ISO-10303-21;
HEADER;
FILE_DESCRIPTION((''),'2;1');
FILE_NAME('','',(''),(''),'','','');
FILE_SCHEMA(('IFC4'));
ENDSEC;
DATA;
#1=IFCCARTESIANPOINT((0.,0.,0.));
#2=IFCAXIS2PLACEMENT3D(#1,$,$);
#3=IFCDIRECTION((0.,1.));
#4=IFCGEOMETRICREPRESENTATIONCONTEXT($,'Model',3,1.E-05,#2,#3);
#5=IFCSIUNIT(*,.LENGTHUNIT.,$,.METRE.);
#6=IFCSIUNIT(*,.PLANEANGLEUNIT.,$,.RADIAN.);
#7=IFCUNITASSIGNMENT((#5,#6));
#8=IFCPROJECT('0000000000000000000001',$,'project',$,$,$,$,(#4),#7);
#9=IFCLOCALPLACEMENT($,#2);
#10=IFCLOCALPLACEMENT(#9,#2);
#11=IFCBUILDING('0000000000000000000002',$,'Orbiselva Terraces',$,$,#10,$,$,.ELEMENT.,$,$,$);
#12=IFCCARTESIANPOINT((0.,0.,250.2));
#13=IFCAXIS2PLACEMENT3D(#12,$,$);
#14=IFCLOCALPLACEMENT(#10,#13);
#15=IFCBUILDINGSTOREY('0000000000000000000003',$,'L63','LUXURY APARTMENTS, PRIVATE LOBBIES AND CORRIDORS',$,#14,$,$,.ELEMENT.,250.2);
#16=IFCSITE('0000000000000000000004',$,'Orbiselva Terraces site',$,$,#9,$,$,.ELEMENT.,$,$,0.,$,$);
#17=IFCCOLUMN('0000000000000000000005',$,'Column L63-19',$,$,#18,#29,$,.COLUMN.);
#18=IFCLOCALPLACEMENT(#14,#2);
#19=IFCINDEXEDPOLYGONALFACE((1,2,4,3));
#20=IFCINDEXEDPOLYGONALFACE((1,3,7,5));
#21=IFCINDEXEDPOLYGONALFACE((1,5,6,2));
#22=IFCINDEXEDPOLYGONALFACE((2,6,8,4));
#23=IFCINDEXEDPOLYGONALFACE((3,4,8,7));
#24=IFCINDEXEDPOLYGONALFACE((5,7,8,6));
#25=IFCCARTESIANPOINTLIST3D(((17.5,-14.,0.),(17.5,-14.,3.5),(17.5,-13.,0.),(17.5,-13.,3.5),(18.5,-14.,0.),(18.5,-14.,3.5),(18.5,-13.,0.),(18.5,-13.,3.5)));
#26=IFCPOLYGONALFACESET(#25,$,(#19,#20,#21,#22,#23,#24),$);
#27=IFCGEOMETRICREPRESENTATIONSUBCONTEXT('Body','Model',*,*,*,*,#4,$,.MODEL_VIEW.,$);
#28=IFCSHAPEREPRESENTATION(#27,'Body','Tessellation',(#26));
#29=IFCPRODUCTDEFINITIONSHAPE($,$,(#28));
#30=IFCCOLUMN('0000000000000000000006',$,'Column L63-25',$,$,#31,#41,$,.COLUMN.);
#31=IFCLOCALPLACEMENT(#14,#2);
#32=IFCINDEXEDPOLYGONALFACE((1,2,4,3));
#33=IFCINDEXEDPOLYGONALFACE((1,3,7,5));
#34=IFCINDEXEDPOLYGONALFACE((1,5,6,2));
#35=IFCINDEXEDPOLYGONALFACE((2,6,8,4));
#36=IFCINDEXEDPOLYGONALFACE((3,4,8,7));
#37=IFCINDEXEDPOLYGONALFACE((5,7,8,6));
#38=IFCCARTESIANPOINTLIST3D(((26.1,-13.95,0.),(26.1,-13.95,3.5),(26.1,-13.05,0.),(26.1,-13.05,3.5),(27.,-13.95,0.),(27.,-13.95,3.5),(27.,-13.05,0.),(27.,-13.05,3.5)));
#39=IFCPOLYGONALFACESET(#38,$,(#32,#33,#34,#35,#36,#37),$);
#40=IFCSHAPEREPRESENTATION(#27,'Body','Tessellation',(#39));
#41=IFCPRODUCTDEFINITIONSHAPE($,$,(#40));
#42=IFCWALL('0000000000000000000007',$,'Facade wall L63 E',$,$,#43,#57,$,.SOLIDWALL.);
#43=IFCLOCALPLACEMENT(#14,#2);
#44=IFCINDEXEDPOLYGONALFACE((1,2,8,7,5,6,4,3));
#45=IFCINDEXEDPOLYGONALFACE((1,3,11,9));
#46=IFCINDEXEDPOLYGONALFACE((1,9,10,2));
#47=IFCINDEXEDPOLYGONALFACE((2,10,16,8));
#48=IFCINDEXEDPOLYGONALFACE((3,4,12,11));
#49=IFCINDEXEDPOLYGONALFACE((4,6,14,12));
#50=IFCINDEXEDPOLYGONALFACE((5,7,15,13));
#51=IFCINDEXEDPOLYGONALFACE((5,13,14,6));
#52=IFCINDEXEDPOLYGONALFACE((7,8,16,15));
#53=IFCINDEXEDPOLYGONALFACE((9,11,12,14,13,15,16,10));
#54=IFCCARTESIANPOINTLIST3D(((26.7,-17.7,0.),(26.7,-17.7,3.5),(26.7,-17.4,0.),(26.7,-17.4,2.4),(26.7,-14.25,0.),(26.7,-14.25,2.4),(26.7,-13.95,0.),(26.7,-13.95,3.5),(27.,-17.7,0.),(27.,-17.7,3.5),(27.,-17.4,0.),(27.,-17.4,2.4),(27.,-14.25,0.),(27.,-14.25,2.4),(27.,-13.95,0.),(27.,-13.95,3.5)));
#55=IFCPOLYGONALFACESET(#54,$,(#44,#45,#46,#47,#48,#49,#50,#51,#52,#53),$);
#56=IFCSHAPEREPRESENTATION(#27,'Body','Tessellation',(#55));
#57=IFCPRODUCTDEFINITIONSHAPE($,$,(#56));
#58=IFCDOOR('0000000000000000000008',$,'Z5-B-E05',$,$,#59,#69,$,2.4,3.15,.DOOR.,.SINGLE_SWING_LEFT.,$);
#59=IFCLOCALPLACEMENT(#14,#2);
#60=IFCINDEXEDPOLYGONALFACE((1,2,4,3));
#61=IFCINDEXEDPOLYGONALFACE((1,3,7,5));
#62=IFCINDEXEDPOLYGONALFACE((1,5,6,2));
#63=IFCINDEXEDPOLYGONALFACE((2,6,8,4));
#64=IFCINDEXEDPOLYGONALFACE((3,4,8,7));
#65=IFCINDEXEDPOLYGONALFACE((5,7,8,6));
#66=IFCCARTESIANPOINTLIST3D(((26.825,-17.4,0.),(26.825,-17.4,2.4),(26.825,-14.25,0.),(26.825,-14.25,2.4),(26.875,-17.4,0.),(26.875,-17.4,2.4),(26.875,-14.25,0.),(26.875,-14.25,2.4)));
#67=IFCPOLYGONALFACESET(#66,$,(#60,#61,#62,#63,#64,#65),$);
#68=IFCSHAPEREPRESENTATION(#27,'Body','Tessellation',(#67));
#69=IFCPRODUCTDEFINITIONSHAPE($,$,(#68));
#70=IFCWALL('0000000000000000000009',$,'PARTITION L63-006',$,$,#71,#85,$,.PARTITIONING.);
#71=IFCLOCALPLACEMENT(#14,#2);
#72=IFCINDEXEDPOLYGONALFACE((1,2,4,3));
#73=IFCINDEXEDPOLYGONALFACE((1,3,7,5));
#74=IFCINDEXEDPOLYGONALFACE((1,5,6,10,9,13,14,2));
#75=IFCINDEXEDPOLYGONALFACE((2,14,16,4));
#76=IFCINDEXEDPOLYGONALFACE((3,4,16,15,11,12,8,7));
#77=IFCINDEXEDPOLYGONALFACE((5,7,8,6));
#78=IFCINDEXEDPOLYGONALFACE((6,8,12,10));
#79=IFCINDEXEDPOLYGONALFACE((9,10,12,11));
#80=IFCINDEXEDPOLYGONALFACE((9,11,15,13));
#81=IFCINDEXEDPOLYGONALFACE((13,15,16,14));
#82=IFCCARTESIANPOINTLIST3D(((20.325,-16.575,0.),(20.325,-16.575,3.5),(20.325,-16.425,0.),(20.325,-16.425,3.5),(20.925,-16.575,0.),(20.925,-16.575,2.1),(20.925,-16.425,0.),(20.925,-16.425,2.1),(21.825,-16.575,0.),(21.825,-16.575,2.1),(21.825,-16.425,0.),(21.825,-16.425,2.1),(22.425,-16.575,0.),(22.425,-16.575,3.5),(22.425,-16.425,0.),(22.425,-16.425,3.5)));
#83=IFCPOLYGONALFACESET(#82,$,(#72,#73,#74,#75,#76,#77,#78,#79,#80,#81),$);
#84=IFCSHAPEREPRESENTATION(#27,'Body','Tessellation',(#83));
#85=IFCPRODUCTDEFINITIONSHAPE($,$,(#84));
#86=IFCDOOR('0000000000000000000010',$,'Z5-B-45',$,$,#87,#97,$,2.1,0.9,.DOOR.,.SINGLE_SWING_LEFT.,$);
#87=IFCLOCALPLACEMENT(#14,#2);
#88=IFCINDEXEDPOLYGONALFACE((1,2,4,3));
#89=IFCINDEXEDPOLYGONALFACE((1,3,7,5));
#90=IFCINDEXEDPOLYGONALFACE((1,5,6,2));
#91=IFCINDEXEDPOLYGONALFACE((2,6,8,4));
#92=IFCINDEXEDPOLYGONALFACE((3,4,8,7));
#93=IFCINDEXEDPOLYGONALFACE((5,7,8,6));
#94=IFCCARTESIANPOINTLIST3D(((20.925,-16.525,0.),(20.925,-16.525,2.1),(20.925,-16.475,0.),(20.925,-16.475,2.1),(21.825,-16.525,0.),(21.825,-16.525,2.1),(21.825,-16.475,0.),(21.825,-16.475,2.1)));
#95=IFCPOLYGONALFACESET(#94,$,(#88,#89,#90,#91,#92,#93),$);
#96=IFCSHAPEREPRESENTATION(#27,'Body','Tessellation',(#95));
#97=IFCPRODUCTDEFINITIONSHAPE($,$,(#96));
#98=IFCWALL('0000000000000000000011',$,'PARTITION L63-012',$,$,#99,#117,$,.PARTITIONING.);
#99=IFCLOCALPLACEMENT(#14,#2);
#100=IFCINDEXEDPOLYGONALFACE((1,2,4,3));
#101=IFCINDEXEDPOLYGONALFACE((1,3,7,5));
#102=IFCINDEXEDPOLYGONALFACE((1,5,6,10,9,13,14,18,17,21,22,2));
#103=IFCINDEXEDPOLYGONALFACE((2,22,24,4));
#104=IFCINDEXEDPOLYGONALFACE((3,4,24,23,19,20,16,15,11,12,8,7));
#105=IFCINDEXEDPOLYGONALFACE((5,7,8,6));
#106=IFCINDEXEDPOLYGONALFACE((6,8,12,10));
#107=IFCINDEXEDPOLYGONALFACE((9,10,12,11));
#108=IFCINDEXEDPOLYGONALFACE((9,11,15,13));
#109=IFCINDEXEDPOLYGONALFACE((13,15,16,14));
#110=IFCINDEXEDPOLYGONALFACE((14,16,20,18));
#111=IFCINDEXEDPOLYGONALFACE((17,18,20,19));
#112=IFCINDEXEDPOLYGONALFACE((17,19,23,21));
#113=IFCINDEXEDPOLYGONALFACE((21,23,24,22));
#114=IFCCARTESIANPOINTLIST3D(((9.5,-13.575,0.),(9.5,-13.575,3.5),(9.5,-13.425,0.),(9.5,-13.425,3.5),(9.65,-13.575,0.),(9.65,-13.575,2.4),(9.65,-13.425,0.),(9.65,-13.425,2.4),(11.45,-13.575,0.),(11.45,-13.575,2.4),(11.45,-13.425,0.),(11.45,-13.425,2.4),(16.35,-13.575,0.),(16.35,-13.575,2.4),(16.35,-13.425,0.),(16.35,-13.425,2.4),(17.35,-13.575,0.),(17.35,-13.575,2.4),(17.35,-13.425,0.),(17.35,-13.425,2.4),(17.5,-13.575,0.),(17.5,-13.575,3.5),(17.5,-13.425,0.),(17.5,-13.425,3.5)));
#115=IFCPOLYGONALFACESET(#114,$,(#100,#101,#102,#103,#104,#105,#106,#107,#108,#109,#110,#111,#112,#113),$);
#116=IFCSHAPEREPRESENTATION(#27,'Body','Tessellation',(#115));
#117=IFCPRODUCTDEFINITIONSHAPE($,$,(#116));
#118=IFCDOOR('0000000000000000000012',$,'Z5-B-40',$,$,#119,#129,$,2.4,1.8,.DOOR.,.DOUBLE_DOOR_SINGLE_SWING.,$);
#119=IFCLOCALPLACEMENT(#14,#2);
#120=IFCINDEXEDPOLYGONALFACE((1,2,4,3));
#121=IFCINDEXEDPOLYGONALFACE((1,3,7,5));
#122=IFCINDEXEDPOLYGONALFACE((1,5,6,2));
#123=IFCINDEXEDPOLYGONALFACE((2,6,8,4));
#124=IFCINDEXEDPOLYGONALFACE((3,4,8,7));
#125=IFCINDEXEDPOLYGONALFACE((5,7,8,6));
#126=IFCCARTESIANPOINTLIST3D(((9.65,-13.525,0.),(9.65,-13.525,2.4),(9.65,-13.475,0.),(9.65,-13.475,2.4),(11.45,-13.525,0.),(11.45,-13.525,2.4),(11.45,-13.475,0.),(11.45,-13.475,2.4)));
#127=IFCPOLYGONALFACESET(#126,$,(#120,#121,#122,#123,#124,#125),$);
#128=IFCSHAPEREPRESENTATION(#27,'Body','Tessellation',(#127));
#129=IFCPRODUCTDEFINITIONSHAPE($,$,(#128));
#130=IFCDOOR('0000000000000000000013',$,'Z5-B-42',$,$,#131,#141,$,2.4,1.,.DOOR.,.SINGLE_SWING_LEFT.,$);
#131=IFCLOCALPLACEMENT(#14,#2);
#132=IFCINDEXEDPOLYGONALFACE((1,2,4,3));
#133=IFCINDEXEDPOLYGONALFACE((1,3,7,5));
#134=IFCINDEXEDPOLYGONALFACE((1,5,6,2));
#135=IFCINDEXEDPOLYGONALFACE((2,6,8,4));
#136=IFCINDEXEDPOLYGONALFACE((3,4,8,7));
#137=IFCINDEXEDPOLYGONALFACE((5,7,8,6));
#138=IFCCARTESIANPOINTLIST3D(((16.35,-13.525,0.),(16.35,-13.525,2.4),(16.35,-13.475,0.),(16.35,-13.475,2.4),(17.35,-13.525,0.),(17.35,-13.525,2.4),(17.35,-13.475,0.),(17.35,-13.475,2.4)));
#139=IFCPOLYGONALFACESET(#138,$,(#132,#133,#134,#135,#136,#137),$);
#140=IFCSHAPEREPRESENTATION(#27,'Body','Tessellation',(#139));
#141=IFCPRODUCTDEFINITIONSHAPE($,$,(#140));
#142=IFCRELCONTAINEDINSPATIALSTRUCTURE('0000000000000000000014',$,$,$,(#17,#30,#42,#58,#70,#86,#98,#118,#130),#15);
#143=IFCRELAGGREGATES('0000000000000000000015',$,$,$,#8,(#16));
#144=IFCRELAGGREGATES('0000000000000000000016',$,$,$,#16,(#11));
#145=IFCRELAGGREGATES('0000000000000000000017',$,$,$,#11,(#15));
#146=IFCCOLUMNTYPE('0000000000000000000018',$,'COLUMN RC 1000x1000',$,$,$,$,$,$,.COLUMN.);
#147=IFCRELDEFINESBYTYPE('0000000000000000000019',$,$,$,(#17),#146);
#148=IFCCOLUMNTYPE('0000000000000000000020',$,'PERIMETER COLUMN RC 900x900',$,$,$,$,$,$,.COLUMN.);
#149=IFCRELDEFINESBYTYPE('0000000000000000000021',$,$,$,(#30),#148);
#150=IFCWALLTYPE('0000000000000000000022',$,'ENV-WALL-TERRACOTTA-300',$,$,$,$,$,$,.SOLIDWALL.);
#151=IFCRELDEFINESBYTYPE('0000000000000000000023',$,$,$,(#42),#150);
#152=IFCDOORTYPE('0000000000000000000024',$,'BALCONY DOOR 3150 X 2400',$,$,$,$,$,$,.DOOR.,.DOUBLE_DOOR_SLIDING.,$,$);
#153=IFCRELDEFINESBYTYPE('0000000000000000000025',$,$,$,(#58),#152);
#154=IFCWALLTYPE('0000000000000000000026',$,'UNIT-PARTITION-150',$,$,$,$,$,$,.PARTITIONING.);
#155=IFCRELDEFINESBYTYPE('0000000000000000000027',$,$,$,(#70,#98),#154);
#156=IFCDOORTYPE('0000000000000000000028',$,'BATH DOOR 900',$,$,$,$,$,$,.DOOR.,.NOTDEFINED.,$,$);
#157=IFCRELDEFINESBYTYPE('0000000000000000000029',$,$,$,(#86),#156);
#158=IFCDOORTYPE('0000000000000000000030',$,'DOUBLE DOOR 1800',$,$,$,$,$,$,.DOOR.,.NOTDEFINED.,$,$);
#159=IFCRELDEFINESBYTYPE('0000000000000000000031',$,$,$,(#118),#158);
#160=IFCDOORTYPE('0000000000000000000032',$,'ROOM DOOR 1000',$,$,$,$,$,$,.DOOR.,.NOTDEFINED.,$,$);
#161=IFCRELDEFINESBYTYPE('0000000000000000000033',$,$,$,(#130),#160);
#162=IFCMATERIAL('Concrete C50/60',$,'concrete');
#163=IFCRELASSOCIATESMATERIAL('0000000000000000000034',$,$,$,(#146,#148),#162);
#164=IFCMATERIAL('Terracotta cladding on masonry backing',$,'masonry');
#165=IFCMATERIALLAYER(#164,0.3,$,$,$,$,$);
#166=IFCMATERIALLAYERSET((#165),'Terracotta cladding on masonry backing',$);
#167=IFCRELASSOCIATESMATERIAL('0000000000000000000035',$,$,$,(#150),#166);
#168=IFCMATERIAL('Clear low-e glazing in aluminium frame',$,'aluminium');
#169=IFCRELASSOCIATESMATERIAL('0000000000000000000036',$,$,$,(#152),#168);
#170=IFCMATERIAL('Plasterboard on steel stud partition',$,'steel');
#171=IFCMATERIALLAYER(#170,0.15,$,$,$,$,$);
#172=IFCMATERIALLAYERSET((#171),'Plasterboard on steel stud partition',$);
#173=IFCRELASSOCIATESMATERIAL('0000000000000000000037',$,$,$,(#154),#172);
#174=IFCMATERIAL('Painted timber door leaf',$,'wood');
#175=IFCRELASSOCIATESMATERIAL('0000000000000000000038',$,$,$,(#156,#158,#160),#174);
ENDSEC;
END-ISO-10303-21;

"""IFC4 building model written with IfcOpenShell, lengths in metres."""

from ifc_helpers import new_model, si_unit, direction, frame, frame_2d, origin, origin_2d, place, context, subcontext, project, spatial, rectangle, extrude, material, layer, layer_set, material_profile, profile_set, type_object, element, fill, save


model = new_model("IFC4")

# Units and contexts
model_context = context("Model", 3, precision=1e-05, world=origin(), true_north=direction((0.0, 1.0)))
body_context = subcontext(model_context, "Body", "Model", "MODEL_VIEW")
ifc_project = project(units=[si_unit("LENGTHUNIT", "METRE"), si_unit("PLANEANGLEUNIT", "RADIAN")], contexts=[model_context])

# Site, building, storey
site_placement = place(None, origin())
site = spatial("IfcSite", under=ifc_project, at=site_placement, Name="Orbiselva Terraces site", CompositionType="ELEMENT", RefElevation=0.0)
building_placement = place(site_placement, origin())
building = spatial("IfcBuilding", under=site, at=building_placement, Name="Orbiselva Terraces", CompositionType="ELEMENT")
storey_placement = place(building_placement, frame((0.0, 0.0, 250.2)))
storey = spatial("IfcBuildingStorey", under=building, at=storey_placement, Name="L63", Description="LUXURY APARTMENTS, PRIVATE LOBBIES AND CORRIDORS", CompositionType="ELEMENT", Elevation=250.2)

# Columns
ifc_material_1 = material(Name="Concrete C50/60", Category="concrete")
ifc_material_profile_1 = material_profile(ifc_material_1, rectangle(XDim=1.0, YDim=1.0, at=origin_2d()), Name="RC 1000x1000")
ifc_profile_set_1 = profile_set([ifc_material_profile_1], Name="Concrete C50/60")
column_type_1 = type_object("IfcColumnType", Name="COLUMN RC 1000x1000", PredefinedType="COLUMN", material=ifc_profile_set_1)
column_1_placement = place(storey_placement, frame((18.0, -13.5, 0.0), z_axis=(0.0, 0.0, 1.0), x_axis=(1.0, 0.0, 0.0)))
element("IfcColumn", 1, at=column_1_placement, inside=storey, type_object=column_type_1, Name="Column L63-19", PredefinedType="COLUMN", context=body_context, shape_type="SweptSolid", body=[
    extrude(rectangle(XDim=1.0, YDim=1.0, at=origin_2d()), origin(), (0.0, 0.0, 1.0), 3.5),
])
ifc_material_profile_2 = material_profile(ifc_material_1, rectangle(XDim=0.9, YDim=0.9, at=origin_2d()), Name="RC 900x900")
ifc_profile_set_2 = profile_set([ifc_material_profile_2], Name="Concrete C50/60")
column_type_2 = type_object("IfcColumnType", Name="PERIMETER COLUMN RC 900x900", PredefinedType="COLUMN", material=ifc_profile_set_2)
column_2_placement = place(storey_placement, frame((26.55, -13.5, 0.0), z_axis=(0.0, 0.0, 1.0), x_axis=(1.0, 0.0, 0.0)))
element("IfcColumn", 2, at=column_2_placement, inside=storey, type_object=column_type_2, Name="Column L63-25", PredefinedType="COLUMN", context=body_context, shape_type="SweptSolid", body=[
    extrude(rectangle(XDim=0.9, YDim=0.9, at=origin_2d()), origin(), (0.0, 0.0, 1.0), 3.5),
])

# Walls, openings, doors
ifc_material_2 = material(Name="Terracotta cladding on masonry backing", Category="masonry")
ifc_layer_1 = layer(ifc_material_2, 0.3)
ifc_layer_set_1 = layer_set([ifc_layer_1], Name="Terracotta cladding on masonry backing")
wall_type_1 = type_object("IfcWallType", Name="ENV-WALL-TERRACOTTA-300", PredefinedType="SOLIDWALL", material=ifc_layer_set_1)
wall_1_placement = place(storey_placement, frame((26.85, -13.95, 0.0), z_axis=(0.0, 0.0, 1.0), x_axis=(0.0, -1.0, 0.0)))
wall_1 = element("IfcWall", 3, at=wall_1_placement, inside=storey, type_object=wall_type_1, Name="Facade wall L63 E", PredefinedType="SOLIDWALL", context=body_context, shape_type="SweptSolid", body=[
    extrude(rectangle(XDim=3.75, YDim=0.3, at=frame_2d((1.875, 0.0))), origin(), (0.0, 0.0, 1.0), 3.5),
])
opening_1_placement = place(wall_1_placement, frame((0.3, 0.0, 0.0)))
opening_1 = element("IfcOpeningElement", 4, at=opening_1_placement, cuts=wall_1, PredefinedType="OPENING", context=body_context, shape_type="SweptSolid", body=[
    extrude(rectangle(XDim=3.15, YDim=2.4, at=frame_2d((1.575, 1.2))), frame((0.0, 0.16, 0.0), z_axis=(0.0, -1.0, 0.0), x_axis=(1.0, 0.0, 0.0)), (0.0, 0.0, 1.0), 0.32),
])
ifc_material_3 = material(Name="Clear low-e glazing in aluminium frame", Category="aluminium")
door_type_1 = type_object("IfcDoorType", Name="BALCONY DOOR 3150 X 2400", OperationType="DOUBLE_DOOR_SLIDING", PredefinedType="DOOR", material=ifc_material_3)
door_1_placement = place(opening_1_placement, origin())
door_1 = element("IfcDoor", 5, at=door_1_placement, inside=storey, type_object=door_type_1, Name="Z5-B-E05", OperationType="SINGLE_SWING_LEFT", OverallHeight=2.4, OverallWidth=3.15, PredefinedType="DOOR", context=body_context, shape_type="SweptSolid", body=[
    extrude(rectangle(XDim=3.15, YDim=2.4, at=frame_2d((1.575, 1.2))), frame((0.0, 0.025, 0.0), z_axis=(0.0, -1.0, 0.0), x_axis=(1.0, 0.0, 0.0)), (0.0, 0.0, 1.0), 0.05),
])
fill(opening_1, door_1)
ifc_material_4 = material(Name="Plasterboard on steel stud partition", Category="steel")
ifc_layer_2 = layer(ifc_material_4, 0.15)
ifc_layer_set_2 = layer_set([ifc_layer_2], Name="Plasterboard on steel stud partition")
wall_type_2 = type_object("IfcWallType", Name="UNIT-PARTITION-150", PredefinedType="PARTITIONING", material=ifc_layer_set_2)
wall_2_placement = place(storey_placement, frame((20.325, -16.5, 0.0), z_axis=(0.0, 0.0, 1.0), x_axis=(1.0, 0.0, 0.0)))
wall_2 = element("IfcWall", 6, at=wall_2_placement, inside=storey, type_object=wall_type_2, Name="PARTITION L63-006", PredefinedType="PARTITIONING", context=body_context, shape_type="SweptSolid", body=[
    extrude(rectangle(XDim=2.1, YDim=0.15, at=frame_2d((1.05, 0.0))), origin(), (0.0, 0.0, 1.0), 3.5),
])
opening_2_placement = place(wall_2_placement, frame((0.6, 0.0, 0.0)))
opening_2 = element("IfcOpeningElement", 7, at=opening_2_placement, cuts=wall_2, PredefinedType="OPENING", context=body_context, shape_type="SweptSolid", body=[
    extrude(rectangle(XDim=0.9, YDim=2.1, at=frame_2d((0.45, 1.05))), frame((0.0, 0.085, 0.0), z_axis=(0.0, -1.0, 0.0), x_axis=(1.0, 0.0, 0.0)), (0.0, 0.0, 1.0), 0.17),
])
ifc_material_5 = material(Name="Painted timber door leaf", Category="wood")
door_type_2 = type_object("IfcDoorType", Name="BATH DOOR 900", OperationType="NOTDEFINED", PredefinedType="DOOR", material=ifc_material_5)
door_2_placement = place(opening_2_placement, origin())
door_2 = element("IfcDoor", 8, at=door_2_placement, inside=storey, type_object=door_type_2, Name="Z5-B-45", OperationType="SINGLE_SWING_LEFT", OverallHeight=2.1, OverallWidth=0.9, PredefinedType="DOOR", context=body_context, shape_type="SweptSolid", body=[
    extrude(rectangle(XDim=0.9, YDim=2.1, at=frame_2d((0.45, 1.05))), frame((0.0, 0.025, 0.0), z_axis=(0.0, -1.0, 0.0), x_axis=(1.0, 0.0, 0.0)), (0.0, 0.0, 1.0), 0.05),
])
fill(opening_2, door_2)

# Wall, openings, doors
wall_3_placement = place(storey_placement, frame((17.5, -13.5, 0.0), z_axis=(0.0, 0.0, 1.0), x_axis=(-1.0, 0.0, 0.0)))
wall_3 = element("IfcWall", 9, at=wall_3_placement, inside=storey, type_object=wall_type_2, Name="PARTITION L63-012", PredefinedType="PARTITIONING", context=body_context, shape_type="SweptSolid", body=[
    extrude(rectangle(XDim=8.0, YDim=0.15, at=frame_2d((4.0, 0.0))), origin(), (0.0, 0.0, 1.0), 3.5),
])
opening_3_placement = place(wall_3_placement, frame((6.05, 0.0, 0.0)))
opening_3 = element("IfcOpeningElement", 10, at=opening_3_placement, cuts=wall_3, PredefinedType="OPENING", context=body_context, shape_type="SweptSolid", body=[
    extrude(rectangle(XDim=1.8, YDim=2.4, at=frame_2d((0.9, 1.2))), frame((0.0, 0.085, 0.0), z_axis=(0.0, -1.0, 0.0), x_axis=(1.0, 0.0, 0.0)), (0.0, 0.0, 1.0), 0.17),
])
opening_4_placement = place(wall_3_placement, frame((0.15, 0.0, 0.0)))
opening_4 = element("IfcOpeningElement", 11, at=opening_4_placement, cuts=wall_3, PredefinedType="OPENING", context=body_context, shape_type="SweptSolid", body=[
    extrude(rectangle(XDim=1.0, YDim=2.4, at=frame_2d((0.5, 1.2))), frame((0.0, 0.085, 0.0), z_axis=(0.0, -1.0, 0.0), x_axis=(1.0, 0.0, 0.0)), (0.0, 0.0, 1.0), 0.17),
])
door_type_3 = type_object("IfcDoorType", Name="DOUBLE DOOR 1800", OperationType="NOTDEFINED", PredefinedType="DOOR", material=ifc_material_5)
door_3_placement = place(opening_3_placement, origin())
door_3 = element("IfcDoor", 12, at=door_3_placement, inside=storey, type_object=door_type_3, Name="Z5-B-40", OperationType="DOUBLE_DOOR_SINGLE_SWING", OverallHeight=2.4, OverallWidth=1.8, PredefinedType="DOOR", context=body_context, shape_type="SweptSolid", body=[
    extrude(rectangle(XDim=1.8, YDim=2.4, at=frame_2d((0.9, 1.2))), frame((0.0, 0.025, 0.0), z_axis=(0.0, -1.0, 0.0), x_axis=(1.0, 0.0, 0.0)), (0.0, 0.0, 1.0), 0.05),
])
fill(opening_3, door_3)
door_type_4 = type_object("IfcDoorType", Name="ROOM DOOR 1000", OperationType="NOTDEFINED", PredefinedType="DOOR", material=ifc_material_5)
door_4_placement = place(opening_4_placement, origin())
door_4 = element("IfcDoor", 13, at=door_4_placement, inside=storey, type_object=door_type_4, Name="Z5-B-42", OperationType="SINGLE_SWING_LEFT", OverallHeight=2.4, OverallWidth=1.0, PredefinedType="DOOR", context=body_context, shape_type="SweptSolid", body=[
    extrude(rectangle(XDim=1.0, YDim=2.4, at=frame_2d((0.5, 1.2))), frame((0.0, 0.025, 0.0), z_axis=(0.0, -1.0, 0.0), x_axis=(1.0, 0.0, 0.0)), (0.0, 0.0, 1.0), 0.05),
])
fill(opening_4, door_4)

save(model, "model.ifc")
